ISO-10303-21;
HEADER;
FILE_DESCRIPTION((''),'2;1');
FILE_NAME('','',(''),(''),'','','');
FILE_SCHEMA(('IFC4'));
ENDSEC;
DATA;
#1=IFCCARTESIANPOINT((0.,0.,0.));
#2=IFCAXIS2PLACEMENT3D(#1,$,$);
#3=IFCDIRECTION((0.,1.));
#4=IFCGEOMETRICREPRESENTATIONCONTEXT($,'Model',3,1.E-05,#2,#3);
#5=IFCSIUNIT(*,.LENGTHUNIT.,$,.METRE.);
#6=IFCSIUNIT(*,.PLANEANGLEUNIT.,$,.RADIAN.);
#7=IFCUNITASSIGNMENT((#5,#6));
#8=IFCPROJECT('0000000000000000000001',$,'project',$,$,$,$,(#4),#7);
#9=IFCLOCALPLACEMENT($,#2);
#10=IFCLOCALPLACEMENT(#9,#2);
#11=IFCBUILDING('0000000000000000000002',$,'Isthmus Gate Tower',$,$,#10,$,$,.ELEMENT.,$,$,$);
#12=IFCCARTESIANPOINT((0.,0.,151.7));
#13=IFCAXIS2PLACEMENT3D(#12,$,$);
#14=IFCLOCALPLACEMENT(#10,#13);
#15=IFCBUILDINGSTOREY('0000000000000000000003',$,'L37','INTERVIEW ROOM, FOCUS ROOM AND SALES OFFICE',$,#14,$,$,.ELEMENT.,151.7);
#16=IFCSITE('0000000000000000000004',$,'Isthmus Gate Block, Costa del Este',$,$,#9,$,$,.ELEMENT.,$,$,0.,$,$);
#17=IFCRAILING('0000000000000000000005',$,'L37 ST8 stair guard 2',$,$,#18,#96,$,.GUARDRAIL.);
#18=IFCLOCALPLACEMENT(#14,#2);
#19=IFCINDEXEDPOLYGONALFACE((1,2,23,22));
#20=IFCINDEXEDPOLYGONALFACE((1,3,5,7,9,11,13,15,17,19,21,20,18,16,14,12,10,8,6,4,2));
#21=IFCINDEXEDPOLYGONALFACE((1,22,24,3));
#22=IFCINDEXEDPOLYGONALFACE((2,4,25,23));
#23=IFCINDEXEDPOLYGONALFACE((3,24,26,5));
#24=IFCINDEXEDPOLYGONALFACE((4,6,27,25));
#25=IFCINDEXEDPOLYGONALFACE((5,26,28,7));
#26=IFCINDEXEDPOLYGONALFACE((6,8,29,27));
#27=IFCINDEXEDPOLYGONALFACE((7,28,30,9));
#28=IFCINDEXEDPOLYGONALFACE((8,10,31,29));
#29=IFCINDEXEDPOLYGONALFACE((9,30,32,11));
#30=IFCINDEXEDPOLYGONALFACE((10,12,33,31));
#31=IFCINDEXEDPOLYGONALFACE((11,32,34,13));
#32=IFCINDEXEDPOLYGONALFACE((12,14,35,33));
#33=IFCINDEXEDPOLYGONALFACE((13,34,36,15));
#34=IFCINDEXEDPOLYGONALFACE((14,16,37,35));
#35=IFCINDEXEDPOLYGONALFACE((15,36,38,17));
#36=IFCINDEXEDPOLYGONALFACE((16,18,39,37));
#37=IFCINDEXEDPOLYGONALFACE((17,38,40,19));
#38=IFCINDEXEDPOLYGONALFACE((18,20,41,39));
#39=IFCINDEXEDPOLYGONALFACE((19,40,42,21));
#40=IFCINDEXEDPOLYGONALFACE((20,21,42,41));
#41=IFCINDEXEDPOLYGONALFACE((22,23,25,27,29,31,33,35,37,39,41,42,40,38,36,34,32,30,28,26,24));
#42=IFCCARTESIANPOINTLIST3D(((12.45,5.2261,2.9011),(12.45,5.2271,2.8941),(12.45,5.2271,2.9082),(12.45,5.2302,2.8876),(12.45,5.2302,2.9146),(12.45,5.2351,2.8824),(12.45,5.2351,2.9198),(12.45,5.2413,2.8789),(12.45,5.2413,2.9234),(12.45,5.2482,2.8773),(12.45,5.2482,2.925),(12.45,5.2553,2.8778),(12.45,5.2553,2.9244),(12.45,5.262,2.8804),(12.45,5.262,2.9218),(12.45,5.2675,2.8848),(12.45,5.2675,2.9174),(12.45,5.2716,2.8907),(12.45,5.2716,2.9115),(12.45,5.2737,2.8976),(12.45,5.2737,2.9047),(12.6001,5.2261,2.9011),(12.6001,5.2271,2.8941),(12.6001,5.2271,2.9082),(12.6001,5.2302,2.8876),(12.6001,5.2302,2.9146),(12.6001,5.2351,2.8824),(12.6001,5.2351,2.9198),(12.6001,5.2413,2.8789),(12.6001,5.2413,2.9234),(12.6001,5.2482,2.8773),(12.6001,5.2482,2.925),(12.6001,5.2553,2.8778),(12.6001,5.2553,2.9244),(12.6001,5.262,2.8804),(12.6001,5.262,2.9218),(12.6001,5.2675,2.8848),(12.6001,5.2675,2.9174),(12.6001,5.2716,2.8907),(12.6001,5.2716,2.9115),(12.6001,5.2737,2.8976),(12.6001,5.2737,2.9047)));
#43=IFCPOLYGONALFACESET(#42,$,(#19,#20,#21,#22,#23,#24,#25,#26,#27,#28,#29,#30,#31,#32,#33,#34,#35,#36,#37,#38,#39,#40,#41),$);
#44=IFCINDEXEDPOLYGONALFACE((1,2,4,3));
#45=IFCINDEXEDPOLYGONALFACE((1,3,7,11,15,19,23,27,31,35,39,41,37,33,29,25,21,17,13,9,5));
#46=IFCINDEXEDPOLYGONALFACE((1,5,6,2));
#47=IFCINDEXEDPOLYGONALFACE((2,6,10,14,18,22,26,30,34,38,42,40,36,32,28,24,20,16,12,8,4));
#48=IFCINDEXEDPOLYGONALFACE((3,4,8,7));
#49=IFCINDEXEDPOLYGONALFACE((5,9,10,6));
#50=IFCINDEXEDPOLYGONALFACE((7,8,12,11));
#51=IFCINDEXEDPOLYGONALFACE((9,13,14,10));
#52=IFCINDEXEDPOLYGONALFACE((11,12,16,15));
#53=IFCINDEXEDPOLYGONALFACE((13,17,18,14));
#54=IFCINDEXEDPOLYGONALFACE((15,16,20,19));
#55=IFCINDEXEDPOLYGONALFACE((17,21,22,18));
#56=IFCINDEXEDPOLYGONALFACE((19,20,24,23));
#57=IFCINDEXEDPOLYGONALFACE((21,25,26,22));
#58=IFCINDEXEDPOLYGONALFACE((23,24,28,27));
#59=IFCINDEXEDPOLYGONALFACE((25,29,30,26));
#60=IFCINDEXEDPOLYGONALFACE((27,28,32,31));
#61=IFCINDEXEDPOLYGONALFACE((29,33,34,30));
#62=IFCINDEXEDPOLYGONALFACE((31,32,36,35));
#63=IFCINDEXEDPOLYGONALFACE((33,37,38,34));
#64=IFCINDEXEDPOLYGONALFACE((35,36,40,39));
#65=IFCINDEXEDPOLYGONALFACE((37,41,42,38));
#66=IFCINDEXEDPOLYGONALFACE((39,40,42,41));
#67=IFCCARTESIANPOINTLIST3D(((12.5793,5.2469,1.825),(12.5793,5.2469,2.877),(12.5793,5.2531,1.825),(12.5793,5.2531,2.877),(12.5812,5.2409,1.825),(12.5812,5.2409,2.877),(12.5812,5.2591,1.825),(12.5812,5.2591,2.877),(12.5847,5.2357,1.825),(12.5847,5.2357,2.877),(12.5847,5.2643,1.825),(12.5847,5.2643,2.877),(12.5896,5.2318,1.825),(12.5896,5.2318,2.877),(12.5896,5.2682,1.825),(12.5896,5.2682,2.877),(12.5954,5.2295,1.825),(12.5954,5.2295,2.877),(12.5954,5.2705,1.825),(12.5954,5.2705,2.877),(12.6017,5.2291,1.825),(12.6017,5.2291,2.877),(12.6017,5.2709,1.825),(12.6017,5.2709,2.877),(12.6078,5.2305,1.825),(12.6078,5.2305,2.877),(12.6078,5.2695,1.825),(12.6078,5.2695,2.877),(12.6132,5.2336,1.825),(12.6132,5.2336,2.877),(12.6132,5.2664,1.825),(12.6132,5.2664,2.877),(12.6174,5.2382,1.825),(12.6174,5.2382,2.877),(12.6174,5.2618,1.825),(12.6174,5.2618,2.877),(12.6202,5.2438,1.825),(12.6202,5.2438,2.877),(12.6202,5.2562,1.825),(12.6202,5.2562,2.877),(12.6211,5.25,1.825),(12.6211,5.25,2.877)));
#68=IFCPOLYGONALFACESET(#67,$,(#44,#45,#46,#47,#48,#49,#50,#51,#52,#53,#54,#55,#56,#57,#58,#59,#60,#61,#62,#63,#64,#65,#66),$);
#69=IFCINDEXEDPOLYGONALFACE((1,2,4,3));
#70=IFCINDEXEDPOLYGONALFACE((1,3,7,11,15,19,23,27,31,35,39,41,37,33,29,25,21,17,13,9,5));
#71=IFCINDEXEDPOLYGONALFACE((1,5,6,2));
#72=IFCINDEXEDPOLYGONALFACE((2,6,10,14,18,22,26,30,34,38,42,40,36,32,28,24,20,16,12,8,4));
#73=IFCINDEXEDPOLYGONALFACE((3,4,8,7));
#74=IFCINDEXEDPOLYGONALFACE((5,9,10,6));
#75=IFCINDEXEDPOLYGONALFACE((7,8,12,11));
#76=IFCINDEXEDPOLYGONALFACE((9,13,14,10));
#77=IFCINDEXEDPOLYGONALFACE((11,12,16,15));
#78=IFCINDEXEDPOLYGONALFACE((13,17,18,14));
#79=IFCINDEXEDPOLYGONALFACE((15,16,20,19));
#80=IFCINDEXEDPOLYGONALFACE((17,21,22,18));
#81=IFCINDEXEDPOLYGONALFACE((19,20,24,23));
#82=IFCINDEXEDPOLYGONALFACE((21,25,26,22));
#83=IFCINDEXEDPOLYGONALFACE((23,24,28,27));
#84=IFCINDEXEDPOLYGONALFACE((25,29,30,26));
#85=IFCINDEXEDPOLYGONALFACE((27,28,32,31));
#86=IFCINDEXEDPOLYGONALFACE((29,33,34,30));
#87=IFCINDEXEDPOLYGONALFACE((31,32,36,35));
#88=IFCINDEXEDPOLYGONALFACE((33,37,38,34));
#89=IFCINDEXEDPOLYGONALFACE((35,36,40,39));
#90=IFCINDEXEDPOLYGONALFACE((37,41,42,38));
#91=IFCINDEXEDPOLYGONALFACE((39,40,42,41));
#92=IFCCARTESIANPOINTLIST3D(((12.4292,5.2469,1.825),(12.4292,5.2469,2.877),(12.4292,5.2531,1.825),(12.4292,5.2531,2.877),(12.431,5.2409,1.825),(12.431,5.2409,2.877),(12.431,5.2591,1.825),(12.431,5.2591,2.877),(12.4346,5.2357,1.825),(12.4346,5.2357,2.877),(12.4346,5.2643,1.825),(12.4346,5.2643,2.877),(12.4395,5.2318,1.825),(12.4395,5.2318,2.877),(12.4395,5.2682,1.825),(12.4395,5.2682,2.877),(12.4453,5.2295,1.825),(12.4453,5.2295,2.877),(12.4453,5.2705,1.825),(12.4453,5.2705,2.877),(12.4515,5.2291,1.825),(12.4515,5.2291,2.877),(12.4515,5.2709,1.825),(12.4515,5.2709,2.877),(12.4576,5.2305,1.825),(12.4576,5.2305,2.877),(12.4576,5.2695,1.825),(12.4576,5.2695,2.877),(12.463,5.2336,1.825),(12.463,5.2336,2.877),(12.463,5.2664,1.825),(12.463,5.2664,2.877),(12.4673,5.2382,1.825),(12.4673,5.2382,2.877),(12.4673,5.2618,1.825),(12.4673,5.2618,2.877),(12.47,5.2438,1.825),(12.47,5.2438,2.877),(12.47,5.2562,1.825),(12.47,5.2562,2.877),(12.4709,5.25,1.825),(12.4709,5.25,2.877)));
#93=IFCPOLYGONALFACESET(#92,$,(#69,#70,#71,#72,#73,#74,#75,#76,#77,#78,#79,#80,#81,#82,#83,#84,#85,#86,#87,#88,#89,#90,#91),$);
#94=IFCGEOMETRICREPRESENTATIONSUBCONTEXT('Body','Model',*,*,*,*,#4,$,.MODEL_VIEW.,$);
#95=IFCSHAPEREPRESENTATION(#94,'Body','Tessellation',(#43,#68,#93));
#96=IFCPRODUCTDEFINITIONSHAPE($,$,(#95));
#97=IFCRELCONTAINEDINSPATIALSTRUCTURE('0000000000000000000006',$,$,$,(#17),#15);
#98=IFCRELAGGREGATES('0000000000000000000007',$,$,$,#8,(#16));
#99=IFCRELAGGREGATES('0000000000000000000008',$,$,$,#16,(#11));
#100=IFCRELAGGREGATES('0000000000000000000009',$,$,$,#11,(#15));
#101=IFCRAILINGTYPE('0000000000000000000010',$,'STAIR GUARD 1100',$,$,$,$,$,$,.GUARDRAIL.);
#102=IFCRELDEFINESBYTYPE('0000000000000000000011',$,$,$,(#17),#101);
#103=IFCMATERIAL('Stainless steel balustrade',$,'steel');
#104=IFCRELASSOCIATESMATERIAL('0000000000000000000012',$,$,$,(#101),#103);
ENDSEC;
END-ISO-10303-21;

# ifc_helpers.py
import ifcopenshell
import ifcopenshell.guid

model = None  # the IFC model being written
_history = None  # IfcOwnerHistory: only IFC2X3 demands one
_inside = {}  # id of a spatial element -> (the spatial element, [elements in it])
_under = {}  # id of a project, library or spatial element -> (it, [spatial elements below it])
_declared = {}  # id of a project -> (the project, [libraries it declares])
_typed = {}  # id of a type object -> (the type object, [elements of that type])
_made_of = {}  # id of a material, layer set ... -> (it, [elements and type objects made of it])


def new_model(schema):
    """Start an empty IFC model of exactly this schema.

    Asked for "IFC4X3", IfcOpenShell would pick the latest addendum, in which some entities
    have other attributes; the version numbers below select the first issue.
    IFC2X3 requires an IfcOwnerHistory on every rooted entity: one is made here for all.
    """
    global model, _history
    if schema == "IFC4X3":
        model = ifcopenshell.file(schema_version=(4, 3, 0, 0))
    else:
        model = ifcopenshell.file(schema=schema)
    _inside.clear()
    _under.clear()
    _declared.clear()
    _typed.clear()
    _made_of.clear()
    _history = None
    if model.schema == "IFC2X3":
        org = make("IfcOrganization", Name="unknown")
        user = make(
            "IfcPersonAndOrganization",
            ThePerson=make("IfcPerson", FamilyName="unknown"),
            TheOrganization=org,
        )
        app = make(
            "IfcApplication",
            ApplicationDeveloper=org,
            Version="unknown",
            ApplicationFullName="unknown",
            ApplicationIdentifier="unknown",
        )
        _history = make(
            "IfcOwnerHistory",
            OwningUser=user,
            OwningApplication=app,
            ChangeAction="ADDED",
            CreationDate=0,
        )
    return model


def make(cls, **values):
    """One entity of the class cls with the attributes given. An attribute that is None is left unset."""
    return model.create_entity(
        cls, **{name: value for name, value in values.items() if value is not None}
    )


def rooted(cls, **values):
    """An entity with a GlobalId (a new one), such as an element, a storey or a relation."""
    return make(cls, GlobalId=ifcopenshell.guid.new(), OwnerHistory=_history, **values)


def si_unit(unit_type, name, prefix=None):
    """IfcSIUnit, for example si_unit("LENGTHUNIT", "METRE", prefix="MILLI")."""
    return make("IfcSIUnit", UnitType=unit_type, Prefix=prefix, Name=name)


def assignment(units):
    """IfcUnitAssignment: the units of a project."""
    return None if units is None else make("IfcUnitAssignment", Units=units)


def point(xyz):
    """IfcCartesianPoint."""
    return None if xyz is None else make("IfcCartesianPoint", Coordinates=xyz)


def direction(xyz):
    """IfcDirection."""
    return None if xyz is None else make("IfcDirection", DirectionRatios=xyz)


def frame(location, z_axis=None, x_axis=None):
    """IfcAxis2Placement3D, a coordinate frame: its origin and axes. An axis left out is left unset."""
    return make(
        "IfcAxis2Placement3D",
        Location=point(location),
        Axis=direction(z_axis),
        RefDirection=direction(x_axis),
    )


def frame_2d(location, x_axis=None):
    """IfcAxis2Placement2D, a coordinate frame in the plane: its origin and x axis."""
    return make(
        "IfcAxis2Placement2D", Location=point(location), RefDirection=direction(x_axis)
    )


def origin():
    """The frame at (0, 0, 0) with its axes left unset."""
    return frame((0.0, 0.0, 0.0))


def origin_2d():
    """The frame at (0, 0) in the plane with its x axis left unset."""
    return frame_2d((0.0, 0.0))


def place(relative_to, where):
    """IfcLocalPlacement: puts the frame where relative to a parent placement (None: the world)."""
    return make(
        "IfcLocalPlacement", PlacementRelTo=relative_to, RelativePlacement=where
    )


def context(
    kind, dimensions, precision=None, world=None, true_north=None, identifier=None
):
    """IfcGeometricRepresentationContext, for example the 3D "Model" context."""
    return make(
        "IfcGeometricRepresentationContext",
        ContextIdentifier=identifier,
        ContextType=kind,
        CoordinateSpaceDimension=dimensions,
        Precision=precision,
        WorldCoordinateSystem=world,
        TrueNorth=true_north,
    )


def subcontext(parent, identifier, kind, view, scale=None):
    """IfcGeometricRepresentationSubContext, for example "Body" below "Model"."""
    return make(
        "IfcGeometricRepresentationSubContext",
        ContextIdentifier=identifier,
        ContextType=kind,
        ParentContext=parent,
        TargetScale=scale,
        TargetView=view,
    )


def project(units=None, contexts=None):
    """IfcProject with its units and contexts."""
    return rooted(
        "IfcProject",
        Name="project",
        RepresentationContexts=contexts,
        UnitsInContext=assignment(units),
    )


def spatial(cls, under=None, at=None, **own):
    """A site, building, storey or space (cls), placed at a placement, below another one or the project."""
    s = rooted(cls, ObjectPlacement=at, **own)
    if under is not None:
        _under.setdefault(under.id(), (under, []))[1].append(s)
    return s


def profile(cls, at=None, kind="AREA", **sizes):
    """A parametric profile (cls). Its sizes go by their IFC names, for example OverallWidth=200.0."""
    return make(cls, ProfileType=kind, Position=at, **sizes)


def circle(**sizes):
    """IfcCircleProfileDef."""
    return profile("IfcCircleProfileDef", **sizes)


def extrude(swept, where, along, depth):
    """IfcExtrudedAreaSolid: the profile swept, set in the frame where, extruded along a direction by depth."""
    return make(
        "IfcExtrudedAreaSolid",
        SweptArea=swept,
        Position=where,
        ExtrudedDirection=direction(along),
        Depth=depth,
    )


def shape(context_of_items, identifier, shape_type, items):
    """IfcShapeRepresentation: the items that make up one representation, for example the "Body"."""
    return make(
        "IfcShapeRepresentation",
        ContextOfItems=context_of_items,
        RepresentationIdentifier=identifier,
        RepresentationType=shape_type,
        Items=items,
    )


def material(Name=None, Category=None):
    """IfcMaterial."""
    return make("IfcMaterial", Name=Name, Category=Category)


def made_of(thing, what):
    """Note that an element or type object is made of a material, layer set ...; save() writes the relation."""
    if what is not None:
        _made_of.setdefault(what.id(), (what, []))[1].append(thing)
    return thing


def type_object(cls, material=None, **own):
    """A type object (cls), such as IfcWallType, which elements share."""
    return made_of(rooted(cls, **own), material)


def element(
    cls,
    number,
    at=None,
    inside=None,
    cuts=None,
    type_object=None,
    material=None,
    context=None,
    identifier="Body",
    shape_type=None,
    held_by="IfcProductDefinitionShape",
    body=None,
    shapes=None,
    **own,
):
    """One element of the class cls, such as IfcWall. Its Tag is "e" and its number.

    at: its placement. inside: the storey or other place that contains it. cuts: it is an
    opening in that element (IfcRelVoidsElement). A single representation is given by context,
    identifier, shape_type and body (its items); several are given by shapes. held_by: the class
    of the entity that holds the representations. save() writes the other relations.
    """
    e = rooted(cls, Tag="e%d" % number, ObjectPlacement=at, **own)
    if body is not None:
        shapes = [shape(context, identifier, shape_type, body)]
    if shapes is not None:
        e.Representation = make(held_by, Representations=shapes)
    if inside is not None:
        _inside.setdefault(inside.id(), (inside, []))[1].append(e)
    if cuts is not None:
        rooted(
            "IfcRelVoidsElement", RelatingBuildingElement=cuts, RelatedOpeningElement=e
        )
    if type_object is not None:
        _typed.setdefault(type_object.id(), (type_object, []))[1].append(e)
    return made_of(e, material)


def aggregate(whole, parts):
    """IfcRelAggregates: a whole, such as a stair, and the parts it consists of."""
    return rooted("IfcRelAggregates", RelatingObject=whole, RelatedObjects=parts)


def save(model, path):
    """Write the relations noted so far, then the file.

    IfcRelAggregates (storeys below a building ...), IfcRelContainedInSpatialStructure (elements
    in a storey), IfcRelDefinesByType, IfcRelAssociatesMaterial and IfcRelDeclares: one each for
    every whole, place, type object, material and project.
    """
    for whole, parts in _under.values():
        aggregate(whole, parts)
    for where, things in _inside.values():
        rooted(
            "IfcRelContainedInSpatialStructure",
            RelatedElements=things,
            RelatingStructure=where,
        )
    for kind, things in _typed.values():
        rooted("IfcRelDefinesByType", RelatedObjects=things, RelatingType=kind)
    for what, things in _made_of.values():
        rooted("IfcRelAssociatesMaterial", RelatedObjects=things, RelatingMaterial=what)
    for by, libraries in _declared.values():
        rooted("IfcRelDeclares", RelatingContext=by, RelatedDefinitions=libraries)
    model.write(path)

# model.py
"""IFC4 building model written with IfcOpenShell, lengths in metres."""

from ifc_helpers import new_model, si_unit, direction, frame, origin, origin_2d, place, context, subcontext, project, spatial, circle, extrude, material, type_object, element, save


model = new_model("IFC4")

# Units and contexts
model_context = context("Model", 3, precision=1e-05, world=origin(), true_north=direction((0.0, 1.0)))
body_context = subcontext(model_context, "Body", "Model", "MODEL_VIEW")
ifc_project = project(units=[si_unit("LENGTHUNIT", "METRE"), si_unit("PLANEANGLEUNIT", "RADIAN")], contexts=[model_context])

# Site, building, storey
site_placement = place(None, origin())
site = spatial("IfcSite", under=ifc_project, at=site_placement, Name="Isthmus Gate Block, Costa del Este", CompositionType="ELEMENT", RefElevation=0.0)
building_placement = place(site_placement, origin())
building = spatial("IfcBuilding", under=site, at=building_placement, Name="Isthmus Gate Tower", CompositionType="ELEMENT")
storey_placement = place(building_placement, frame((0.0, 0.0, 151.7)))
storey = spatial("IfcBuildingStorey", under=building, at=storey_placement, Name="L37", Description="INTERVIEW ROOM, FOCUS ROOM AND SALES OFFICE", CompositionType="ELEMENT", Elevation=151.7)

# Railing
ifc_material_1 = material(Name="Stainless steel balustrade", Category="steel")
railing_type_1 = type_object("IfcRailingType", Name="STAIR GUARD 1100", PredefinedType="GUARDRAIL", material=ifc_material_1)
railing_1_placement = place(storey_placement, frame((12.6001, 5.25, 1.825)))
element("IfcRailing", 1, at=railing_1_placement, inside=storey, type_object=railing_type_1, Name="L37 ST8 stair guard 2", PredefinedType="GUARDRAIL", context=body_context, shape_type="SweptSolid", body=[
    extrude(circle(Radius=0.0239, at=origin_2d()), frame((0.0, 0.0, 1.0762), z_axis=(-1.0, 0.0, 0.0), x_axis=(0.0, -1.0, 0.0)), (0.0, 0.0, 1.0), 0.1501),
    extrude(circle(Radius=0.021, at=origin_2d()), origin(), (0.0, 0.0, 1.0), 1.052),
    extrude(circle(Radius=0.021, at=origin_2d()), frame((-0.1501, 0.0, 0.0)), (0.0, 0.0, 1.0), 1.052),
])

save(model, "model.ifc")
